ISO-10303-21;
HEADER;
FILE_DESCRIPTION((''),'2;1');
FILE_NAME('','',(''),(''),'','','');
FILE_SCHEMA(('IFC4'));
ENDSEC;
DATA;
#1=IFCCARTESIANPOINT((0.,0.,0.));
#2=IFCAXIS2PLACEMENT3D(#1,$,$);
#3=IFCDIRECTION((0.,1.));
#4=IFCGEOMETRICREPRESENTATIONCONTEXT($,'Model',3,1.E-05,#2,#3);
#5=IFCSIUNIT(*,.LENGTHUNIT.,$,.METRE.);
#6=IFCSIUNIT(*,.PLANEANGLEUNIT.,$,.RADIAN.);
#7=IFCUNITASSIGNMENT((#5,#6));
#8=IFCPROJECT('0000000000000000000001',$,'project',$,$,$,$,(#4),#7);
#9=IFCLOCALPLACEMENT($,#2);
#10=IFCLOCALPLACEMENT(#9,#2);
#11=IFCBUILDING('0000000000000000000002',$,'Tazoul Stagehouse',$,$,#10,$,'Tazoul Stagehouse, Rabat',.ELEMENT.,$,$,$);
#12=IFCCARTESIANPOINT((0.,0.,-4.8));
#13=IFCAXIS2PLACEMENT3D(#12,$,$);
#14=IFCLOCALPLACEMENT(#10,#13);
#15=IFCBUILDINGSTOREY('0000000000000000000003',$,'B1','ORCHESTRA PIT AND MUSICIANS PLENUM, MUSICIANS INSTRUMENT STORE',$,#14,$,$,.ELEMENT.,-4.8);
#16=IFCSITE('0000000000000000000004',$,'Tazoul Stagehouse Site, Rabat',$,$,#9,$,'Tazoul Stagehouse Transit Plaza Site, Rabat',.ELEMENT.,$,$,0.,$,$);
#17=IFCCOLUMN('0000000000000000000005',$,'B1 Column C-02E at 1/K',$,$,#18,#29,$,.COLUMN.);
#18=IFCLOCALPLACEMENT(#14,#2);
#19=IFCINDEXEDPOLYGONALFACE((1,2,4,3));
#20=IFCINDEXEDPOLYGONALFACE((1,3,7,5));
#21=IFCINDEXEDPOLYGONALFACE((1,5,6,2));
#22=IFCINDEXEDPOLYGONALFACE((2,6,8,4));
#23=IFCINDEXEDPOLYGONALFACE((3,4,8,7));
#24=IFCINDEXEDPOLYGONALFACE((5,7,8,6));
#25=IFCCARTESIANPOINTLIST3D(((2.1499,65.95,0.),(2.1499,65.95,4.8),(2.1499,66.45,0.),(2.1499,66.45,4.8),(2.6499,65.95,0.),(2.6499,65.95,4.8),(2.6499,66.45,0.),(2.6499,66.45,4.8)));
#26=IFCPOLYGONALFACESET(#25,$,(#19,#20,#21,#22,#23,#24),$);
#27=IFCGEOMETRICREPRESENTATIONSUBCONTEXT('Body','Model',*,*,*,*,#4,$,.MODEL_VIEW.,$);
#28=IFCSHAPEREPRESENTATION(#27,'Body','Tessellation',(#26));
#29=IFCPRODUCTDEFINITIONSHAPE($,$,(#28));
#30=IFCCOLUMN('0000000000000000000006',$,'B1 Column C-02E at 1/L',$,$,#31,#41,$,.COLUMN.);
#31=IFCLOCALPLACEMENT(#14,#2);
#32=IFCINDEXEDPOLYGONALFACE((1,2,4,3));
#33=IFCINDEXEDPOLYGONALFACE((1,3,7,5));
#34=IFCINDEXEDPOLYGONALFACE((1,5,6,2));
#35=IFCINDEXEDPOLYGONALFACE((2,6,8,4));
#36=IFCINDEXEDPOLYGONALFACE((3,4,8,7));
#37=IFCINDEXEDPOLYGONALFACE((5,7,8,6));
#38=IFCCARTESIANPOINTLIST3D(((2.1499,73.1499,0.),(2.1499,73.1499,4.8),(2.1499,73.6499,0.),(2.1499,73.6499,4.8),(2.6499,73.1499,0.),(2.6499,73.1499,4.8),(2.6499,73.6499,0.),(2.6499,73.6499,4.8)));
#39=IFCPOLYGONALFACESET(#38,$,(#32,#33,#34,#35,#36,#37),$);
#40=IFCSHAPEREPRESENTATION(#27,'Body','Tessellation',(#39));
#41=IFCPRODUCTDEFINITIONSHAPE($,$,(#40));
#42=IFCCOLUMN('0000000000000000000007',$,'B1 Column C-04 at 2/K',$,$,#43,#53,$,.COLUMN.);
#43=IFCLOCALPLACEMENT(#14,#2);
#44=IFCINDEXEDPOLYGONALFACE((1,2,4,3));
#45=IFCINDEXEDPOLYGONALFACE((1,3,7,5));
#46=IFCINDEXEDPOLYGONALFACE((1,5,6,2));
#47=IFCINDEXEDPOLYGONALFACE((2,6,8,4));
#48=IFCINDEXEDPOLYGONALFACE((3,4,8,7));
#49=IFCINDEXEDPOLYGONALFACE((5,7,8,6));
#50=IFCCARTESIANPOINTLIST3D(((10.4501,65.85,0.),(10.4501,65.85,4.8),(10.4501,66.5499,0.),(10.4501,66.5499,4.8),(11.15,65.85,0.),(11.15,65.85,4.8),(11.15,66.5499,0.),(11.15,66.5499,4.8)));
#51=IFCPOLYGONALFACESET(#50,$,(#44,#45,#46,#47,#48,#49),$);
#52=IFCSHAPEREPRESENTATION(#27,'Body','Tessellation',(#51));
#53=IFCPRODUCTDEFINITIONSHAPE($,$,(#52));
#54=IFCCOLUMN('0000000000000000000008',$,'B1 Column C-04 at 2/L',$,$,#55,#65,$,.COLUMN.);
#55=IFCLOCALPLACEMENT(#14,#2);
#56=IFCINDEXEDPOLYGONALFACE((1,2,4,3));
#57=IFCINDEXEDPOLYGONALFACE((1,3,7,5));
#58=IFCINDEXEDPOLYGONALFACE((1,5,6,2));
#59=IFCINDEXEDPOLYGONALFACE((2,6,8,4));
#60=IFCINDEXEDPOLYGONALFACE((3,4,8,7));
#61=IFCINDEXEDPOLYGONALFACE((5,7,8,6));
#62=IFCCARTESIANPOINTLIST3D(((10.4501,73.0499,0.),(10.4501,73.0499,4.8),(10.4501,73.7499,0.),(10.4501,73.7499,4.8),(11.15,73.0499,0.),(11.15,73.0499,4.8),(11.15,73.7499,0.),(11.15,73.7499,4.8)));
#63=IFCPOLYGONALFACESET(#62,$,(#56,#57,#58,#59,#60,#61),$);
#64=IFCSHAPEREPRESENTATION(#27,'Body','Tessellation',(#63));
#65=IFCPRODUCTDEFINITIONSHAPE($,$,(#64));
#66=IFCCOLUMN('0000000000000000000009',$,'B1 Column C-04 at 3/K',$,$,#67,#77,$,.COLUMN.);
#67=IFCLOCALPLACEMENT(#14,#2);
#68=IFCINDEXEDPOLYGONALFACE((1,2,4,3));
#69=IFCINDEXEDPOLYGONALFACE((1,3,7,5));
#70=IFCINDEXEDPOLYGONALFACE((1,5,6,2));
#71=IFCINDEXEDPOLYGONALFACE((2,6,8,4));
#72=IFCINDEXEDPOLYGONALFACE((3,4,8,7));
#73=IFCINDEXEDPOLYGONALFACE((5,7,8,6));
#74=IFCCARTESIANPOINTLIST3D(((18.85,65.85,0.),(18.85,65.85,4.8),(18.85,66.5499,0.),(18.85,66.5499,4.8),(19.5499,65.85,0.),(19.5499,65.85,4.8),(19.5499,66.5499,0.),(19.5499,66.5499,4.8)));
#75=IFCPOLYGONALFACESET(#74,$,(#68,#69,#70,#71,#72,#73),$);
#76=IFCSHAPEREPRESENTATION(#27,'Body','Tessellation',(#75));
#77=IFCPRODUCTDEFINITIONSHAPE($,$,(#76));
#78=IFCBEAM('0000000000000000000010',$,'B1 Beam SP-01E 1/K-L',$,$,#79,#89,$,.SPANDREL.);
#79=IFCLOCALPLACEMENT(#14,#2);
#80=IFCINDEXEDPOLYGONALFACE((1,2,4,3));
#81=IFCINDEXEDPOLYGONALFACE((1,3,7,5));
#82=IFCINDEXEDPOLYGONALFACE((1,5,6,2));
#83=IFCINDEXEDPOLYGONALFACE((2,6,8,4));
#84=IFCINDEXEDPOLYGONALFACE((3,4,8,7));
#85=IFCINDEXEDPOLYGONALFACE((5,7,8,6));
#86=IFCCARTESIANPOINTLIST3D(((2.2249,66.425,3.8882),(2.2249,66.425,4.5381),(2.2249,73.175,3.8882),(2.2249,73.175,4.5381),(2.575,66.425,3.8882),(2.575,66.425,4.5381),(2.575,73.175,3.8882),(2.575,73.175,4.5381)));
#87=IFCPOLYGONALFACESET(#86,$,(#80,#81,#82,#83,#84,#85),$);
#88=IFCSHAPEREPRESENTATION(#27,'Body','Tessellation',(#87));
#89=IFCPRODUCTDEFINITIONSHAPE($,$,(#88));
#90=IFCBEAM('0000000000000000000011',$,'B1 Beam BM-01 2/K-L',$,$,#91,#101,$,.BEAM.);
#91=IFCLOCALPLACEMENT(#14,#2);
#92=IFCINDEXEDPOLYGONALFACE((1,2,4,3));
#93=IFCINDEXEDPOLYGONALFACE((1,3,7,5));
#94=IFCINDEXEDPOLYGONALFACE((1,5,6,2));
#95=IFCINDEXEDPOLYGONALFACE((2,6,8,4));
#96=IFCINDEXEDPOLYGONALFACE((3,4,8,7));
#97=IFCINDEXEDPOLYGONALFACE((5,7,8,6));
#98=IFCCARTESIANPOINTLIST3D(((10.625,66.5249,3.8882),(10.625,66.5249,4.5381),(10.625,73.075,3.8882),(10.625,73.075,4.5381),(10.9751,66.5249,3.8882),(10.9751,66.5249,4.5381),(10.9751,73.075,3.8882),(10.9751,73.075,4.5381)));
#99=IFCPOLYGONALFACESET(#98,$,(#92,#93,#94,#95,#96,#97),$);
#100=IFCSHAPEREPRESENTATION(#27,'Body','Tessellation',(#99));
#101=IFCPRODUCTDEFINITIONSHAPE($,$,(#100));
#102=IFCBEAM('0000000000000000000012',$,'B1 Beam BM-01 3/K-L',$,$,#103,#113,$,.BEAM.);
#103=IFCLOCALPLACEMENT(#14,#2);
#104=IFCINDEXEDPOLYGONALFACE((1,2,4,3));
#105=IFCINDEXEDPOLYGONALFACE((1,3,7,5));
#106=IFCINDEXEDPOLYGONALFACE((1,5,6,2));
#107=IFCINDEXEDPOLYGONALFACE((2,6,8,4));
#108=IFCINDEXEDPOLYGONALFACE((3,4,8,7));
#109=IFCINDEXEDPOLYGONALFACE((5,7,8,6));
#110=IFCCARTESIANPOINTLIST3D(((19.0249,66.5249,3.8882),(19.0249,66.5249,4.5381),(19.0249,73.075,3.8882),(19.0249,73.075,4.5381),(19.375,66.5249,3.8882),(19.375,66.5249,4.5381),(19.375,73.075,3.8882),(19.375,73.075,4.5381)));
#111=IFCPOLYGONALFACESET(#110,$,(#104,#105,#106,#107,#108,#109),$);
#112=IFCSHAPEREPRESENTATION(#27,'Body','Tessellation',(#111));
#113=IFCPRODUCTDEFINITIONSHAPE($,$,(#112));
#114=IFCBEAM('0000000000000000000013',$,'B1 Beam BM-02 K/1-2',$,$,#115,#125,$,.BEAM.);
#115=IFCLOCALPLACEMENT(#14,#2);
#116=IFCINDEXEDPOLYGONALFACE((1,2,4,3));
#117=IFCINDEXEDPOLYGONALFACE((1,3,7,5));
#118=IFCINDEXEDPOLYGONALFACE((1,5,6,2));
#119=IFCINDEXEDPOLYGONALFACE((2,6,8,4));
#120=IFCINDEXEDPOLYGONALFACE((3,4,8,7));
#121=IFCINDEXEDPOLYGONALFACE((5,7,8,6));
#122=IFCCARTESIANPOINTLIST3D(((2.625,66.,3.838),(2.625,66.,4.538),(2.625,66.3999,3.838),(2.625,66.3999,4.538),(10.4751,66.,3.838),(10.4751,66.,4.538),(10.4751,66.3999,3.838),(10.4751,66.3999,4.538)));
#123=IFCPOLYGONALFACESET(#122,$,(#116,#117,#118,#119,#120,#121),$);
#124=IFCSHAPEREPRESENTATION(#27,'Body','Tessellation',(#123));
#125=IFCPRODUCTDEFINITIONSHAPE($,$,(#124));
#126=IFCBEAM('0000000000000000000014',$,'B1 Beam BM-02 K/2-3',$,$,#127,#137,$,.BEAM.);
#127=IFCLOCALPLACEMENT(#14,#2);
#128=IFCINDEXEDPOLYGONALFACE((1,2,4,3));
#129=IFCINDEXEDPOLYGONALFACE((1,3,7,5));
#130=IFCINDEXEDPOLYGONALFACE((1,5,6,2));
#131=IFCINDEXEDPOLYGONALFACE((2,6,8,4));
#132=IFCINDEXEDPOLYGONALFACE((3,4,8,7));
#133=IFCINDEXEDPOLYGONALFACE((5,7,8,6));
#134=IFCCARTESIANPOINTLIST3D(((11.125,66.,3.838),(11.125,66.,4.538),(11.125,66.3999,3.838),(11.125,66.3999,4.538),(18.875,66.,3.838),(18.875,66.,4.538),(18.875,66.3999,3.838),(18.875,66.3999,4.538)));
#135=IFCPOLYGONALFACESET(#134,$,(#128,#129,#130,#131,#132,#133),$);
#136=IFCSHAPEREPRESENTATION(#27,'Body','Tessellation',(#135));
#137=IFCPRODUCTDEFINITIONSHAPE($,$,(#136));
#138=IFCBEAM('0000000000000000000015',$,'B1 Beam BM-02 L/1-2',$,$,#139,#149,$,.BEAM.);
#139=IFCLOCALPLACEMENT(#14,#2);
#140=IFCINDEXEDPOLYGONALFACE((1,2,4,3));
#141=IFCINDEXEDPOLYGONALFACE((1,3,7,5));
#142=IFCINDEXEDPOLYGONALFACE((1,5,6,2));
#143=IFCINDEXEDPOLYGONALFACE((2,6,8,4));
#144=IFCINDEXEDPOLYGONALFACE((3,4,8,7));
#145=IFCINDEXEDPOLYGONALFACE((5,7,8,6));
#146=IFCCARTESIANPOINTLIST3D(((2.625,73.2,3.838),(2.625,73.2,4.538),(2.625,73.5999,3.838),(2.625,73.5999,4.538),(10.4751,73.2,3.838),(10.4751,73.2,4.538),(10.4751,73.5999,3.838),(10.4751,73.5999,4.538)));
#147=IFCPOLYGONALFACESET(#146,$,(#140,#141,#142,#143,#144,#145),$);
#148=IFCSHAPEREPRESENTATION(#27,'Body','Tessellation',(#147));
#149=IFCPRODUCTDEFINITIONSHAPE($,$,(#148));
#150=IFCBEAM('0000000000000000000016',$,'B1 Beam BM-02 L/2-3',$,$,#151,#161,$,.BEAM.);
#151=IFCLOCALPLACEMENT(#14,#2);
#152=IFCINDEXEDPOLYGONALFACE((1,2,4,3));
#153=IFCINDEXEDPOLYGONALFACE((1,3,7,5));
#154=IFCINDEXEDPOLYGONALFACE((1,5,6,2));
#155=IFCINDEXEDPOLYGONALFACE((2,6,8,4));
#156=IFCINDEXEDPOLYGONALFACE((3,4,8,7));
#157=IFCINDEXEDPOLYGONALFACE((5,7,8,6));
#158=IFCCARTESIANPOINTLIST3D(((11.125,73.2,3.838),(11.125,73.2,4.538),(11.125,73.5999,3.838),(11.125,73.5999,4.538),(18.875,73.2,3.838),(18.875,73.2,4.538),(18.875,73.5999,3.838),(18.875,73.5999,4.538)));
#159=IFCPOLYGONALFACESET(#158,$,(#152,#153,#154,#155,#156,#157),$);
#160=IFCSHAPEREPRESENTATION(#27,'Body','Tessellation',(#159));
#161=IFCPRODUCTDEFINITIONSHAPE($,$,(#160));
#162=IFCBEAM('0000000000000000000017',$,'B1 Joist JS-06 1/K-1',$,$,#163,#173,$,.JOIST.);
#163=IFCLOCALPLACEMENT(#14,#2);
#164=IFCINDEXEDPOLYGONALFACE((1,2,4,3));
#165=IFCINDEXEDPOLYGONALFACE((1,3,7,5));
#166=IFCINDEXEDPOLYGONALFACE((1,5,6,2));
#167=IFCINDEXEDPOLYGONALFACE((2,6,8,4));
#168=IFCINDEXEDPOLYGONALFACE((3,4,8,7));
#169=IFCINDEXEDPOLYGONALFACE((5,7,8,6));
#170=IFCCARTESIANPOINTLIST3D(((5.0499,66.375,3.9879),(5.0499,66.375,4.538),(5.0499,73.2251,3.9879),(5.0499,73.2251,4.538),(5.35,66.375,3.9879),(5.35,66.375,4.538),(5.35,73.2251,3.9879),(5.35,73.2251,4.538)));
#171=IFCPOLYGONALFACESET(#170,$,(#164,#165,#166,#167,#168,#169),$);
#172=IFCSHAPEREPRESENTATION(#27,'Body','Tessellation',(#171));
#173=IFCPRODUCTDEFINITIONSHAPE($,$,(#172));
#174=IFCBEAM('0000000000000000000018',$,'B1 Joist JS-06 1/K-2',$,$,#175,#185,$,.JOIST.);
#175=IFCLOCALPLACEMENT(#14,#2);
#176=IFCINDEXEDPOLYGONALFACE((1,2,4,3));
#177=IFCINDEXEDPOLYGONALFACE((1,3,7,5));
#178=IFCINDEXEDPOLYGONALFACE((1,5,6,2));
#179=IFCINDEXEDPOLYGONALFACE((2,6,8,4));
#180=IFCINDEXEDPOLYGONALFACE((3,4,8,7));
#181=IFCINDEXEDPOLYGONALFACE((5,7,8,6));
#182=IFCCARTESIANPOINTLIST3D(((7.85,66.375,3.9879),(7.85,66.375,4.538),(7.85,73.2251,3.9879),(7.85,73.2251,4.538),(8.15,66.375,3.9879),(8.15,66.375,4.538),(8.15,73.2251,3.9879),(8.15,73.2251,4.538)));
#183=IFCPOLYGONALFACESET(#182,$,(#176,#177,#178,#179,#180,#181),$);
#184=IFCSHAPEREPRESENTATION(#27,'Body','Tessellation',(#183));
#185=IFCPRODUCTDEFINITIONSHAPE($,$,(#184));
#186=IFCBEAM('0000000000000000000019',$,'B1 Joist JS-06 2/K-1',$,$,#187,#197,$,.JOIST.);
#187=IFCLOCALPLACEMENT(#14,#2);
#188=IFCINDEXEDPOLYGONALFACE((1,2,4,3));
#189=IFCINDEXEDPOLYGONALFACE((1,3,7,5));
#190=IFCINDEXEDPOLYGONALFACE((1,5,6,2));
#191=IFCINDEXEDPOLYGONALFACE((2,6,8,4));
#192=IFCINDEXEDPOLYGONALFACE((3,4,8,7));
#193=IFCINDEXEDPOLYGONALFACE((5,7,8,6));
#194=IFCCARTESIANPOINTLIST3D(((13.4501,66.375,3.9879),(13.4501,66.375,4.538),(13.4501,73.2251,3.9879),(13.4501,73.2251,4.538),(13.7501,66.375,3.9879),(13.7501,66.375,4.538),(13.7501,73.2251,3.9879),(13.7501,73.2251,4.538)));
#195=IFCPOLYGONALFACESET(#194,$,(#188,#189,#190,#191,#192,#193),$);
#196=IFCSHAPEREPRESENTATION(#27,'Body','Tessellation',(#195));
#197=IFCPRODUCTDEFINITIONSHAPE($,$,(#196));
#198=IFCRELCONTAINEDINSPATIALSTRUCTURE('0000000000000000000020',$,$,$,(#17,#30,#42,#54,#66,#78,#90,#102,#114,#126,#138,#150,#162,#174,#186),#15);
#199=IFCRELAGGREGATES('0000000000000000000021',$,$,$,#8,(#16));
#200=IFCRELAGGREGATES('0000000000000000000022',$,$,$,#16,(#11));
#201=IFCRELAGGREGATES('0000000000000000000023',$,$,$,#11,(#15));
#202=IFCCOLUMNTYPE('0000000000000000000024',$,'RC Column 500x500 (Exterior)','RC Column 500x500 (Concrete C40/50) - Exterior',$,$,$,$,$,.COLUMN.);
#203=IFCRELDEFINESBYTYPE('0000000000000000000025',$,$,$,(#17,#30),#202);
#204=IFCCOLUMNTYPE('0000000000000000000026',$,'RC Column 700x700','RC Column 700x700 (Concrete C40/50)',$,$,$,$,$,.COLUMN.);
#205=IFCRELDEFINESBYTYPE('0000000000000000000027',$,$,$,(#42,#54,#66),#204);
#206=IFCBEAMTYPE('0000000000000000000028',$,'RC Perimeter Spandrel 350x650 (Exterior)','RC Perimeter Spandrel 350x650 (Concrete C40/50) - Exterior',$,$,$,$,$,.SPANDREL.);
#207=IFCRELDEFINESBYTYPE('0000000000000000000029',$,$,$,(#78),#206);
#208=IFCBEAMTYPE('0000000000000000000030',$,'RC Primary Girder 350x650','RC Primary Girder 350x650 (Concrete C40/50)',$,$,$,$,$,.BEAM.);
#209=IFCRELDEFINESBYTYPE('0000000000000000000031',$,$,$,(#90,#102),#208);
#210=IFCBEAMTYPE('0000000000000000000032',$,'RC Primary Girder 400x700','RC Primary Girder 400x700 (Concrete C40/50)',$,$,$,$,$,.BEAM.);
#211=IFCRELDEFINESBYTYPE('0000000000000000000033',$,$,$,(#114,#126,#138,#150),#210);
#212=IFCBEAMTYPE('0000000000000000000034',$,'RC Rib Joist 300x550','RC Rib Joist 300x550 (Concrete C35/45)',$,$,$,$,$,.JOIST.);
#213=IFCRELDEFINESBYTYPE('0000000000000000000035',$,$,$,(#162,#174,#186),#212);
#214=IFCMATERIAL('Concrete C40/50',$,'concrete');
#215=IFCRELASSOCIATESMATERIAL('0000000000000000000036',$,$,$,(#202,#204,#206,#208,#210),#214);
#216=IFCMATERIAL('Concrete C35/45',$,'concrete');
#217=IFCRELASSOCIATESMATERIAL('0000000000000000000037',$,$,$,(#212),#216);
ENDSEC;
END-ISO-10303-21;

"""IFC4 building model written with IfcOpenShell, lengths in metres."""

from ifc_helpers import new_model, si_unit, direction, frame, origin, origin_2d, place, context, subcontext, project, spatial, rectangle, extrude, material, material_profile, profile_set, type_object, element, save


model = new_model("IFC4")

# Units and contexts
model_context = context("Model", 3, precision=1e-05, world=origin(), true_north=direction((0.0, 1.0)))
body_context = subcontext(model_context, "Body", "Model", "MODEL_VIEW")
ifc_project = project(units=[si_unit("LENGTHUNIT", "METRE"), si_unit("PLANEANGLEUNIT", "RADIAN")], contexts=[model_context])

# Site, building, storey
site_placement = place(None, origin())
site = spatial("IfcSite", under=ifc_project, at=site_placement, Name="Tazoul Stagehouse Site, Rabat", LongName="Tazoul Stagehouse Transit Plaza Site, Rabat", CompositionType="ELEMENT", RefElevation=0.0)
building_placement = place(site_placement, origin())
building = spatial("IfcBuilding", under=site, at=building_placement, Name="Tazoul Stagehouse", LongName="Tazoul Stagehouse, Rabat", CompositionType="ELEMENT")
storey_placement = place(building_placement, frame((0.0, 0.0, -4.8)))
storey = spatial("IfcBuildingStorey", under=building, at=storey_placement, Name="B1", Description="ORCHESTRA PIT AND MUSICIANS PLENUM, MUSICIANS INSTRUMENT STORE", CompositionType="ELEMENT", Elevation=-4.8)

# Shared definitions
ifc_material_1 = material(Name="Concrete C35/45", Category="concrete")

# Columns
ifc_material_2 = material(Name="Concrete C40/50", Category="concrete")
ifc_material_profile_1 = material_profile(ifc_material_2, rectangle(XDim=0.5, YDim=0.5, at=origin_2d()), Name="RC 500x500")
ifc_profile_set_1 = profile_set([ifc_material_profile_1], Name="Concrete C40/50")
column_type_1 = type_object("IfcColumnType", Name="RC Column 500x500 (Exterior)", Description="RC Column 500x500 (Concrete C40/50) - Exterior", PredefinedType="COLUMN", material=ifc_profile_set_1)
for number, where, z_axis, x_axis, name in (
    (1, (2.3999, 66.2, 0.0), (0.0, 0.0, 1.0), (1.0, 0.0, 0.0), "B1 Column C-02E at 1/K"),
    (2, (2.3999, 73.3999, 0.0), (0.0, 0.0, 1.0), (1.0, 0.0, 0.0), "B1 Column C-02E at 1/L"),
):
    element("IfcColumn", number, at=place(storey_placement, frame(where, z_axis=z_axis, x_axis=x_axis)), inside=storey, type_object=column_type_1, Name=name, PredefinedType="COLUMN", context=body_context, shape_type="SweptSolid", body=[
        extrude(rectangle(XDim=0.5, YDim=0.5, at=origin_2d()), origin(), (0.0, 0.0, 1.0), 4.8),
    ])
ifc_material_profile_2 = material_profile(ifc_material_2, rectangle(XDim=0.7, YDim=0.7, at=origin_2d()), Name="RC 700x700")
ifc_profile_set_2 = profile_set([ifc_material_profile_2], Name="Concrete C40/50")
column_type_2 = type_object("IfcColumnType", Name="RC Column 700x700", Description="RC Column 700x700 (Concrete C40/50)", PredefinedType="COLUMN", material=ifc_profile_set_2)
for number, where, z_axis, x_axis, name in (
    (3, (10.8, 66.2, 0.0), (0.0, 0.0, 1.0), (1.0, 0.0, 0.0), "B1 Column C-04 at 2/K"),
    (4, (10.8, 73.3999, 0.0), (0.0, 0.0, 1.0), (1.0, 0.0, 0.0), "B1 Column C-04 at 2/L"),
    (5, (19.2, 66.2, 0.0), (0.0, 0.0, 1.0), (1.0, 0.0, 0.0), "B1 Column C-04 at 3/K"),
):
    element("IfcColumn", number, at=place(storey_placement, frame(where, z_axis=z_axis, x_axis=x_axis)), inside=storey, type_object=column_type_2, Name=name, PredefinedType="COLUMN", context=body_context, shape_type="SweptSolid", body=[
        extrude(rectangle(XDim=0.7, YDim=0.7, at=origin_2d()), origin(), (0.0, 0.0, 1.0), 4.8),
    ])

# Beams
ifc_material_profile_3 = material_profile(ifc_material_2, rectangle(XDim=0.3501, YDim=0.6499, at=origin_2d()), Name="RC 350x650")
ifc_profile_set_3 = profile_set([ifc_material_profile_3], Name="Concrete C40/50")
beam_type_1 = type_object("IfcBeamType", Name="RC Perimeter Spandrel 350x650 (Exterior)", Description="RC Perimeter Spandrel 350x650 (Concrete C40/50) - Exterior", PredefinedType="SPANDREL", material=ifc_profile_set_3)
beam_1_placement = place(storey_placement, frame((2.3999, 66.425, 4.2131), z_axis=(0.0, 1.0, 0.0), x_axis=(-1.0, 0.0, 0.0)))
element("IfcBeam", 6, at=beam_1_placement, inside=storey, type_object=beam_type_1, Name="B1 Beam SP-01E 1/K-L", PredefinedType="SPANDREL", context=body_context, shape_type="SweptSolid", body=[
    extrude(rectangle(XDim=0.3501, YDim=0.6499, at=origin_2d()), origin(), (0.0, 0.0, 1.0), 6.75),
])
ifc_material_profile_4 = material_profile(ifc_material_2, rectangle(XDim=0.3501, YDim=0.6499, at=origin_2d()), Name="RC 350x650")
ifc_profile_set_4 = profile_set([ifc_material_profile_4], Name="Concrete C40/50")
beam_type_2 = type_object("IfcBeamType", Name="RC Primary Girder 350x650", Description="RC Primary Girder 350x650 (Concrete C40/50)", PredefinedType="BEAM", material=ifc_profile_set_4)
for number, where, z_axis, x_axis, name in (
    (7, (10.8, 66.5249, 4.2131), (0.0, 1.0, 0.0), (-1.0, 0.0, 0.0), "B1 Beam BM-01 2/K-L"),
    (8, (19.2, 66.5249, 4.2131), (0.0, 1.0, 0.0), (-1.0, 0.0, 0.0), "B1 Beam BM-01 3/K-L"),
):
    element("IfcBeam", number, at=place(storey_placement, frame(where, z_axis=z_axis, x_axis=x_axis)), inside=storey, type_object=beam_type_2, Name=name, PredefinedType="BEAM", context=body_context, shape_type="SweptSolid", body=[
        extrude(rectangle(XDim=0.3501, YDim=0.6499, at=origin_2d()), origin(), (0.0, 0.0, 1.0), 6.55),
    ])
ifc_material_profile_5 = material_profile(ifc_material_2, rectangle(XDim=0.3999, YDim=0.7, at=origin_2d()), Name="RC 400x700")
ifc_profile_set_5 = profile_set([ifc_material_profile_5], Name="Concrete C40/50")
beam_type_3 = type_object("IfcBeamType", Name="RC Primary Girder 400x700", Description="RC Primary Girder 400x700 (Concrete C40/50)", PredefinedType="BEAM", material=ifc_profile_set_5)
beam_2_placement = place(storey_placement, frame((2.625, 66.2, 4.188), z_axis=(1.0, 0.0, 0.0), x_axis=(0.0, 1.0, 0.0)))
element("IfcBeam", 9, at=beam_2_placement, inside=storey, type_object=beam_type_3, Name="B1 Beam BM-02 K/1-2", PredefinedType="BEAM", context=body_context, shape_type="SweptSolid", body=[
    extrude(rectangle(XDim=0.3999, YDim=0.7, at=origin_2d()), origin(), (0.0, 0.0, 1.0), 7.8501),
])
beam_3_placement = place(storey_placement, frame((11.125, 66.2, 4.188), z_axis=(1.0, 0.0, 0.0), x_axis=(0.0, 1.0, 0.0)))
element("IfcBeam", 10, at=beam_3_placement, inside=storey, type_object=beam_type_3, Name="B1 Beam BM-02 K/2-3", PredefinedType="BEAM", context=body_context, shape_type="SweptSolid", body=[
    extrude(rectangle(XDim=0.3999, YDim=0.7, at=origin_2d()), origin(), (0.0, 0.0, 1.0), 7.75),
])
beam_4_placement = place(storey_placement, frame((2.625, 73.3999, 4.188), z_axis=(1.0, 0.0, 0.0), x_axis=(0.0, 1.0, 0.0)))
element("IfcBeam", 11, at=beam_4_placement, inside=storey, type_object=beam_type_3, Name="B1 Beam BM-02 L/1-2", PredefinedType="BEAM", context=body_context, shape_type="SweptSolid", body=[
    extrude(rectangle(XDim=0.3999, YDim=0.7, at=origin_2d()), origin(), (0.0, 0.0, 1.0), 7.8501),
])
beam_5_placement = place(storey_placement, frame((11.125, 73.3999, 4.188), z_axis=(1.0, 0.0, 0.0), x_axis=(0.0, 1.0, 0.0)))
element("IfcBeam", 12, at=beam_5_placement, inside=storey, type_object=beam_type_3, Name="B1 Beam BM-02 L/2-3", PredefinedType="BEAM", context=body_context, shape_type="SweptSolid", body=[
    extrude(rectangle(XDim=0.3999, YDim=0.7, at=origin_2d()), origin(), (0.0, 0.0, 1.0), 7.75),
])
ifc_material_profile_6 = material_profile(ifc_material_1, rectangle(XDim=0.3, YDim=0.55, at=origin_2d()), Name="RC 300x550")
ifc_profile_set_6 = profile_set([ifc_material_profile_6], Name="Concrete C35/45")
beam_type_4 = type_object("IfcBeamType", Name="RC Rib Joist 300x550", Description="RC Rib Joist 300x550 (Concrete C35/45)", PredefinedType="JOIST", material=ifc_profile_set_6)
for number, where, z_axis, x_axis, name in (
    (13, (5.2, 66.375, 4.2629), (0.0, 1.0, 0.0), (-1.0, 0.0, 0.0), "B1 Joist JS-06 1/K-1"),
    (14, (8.0, 66.375, 4.2629), (0.0, 1.0, 0.0), (-1.0, 0.0, 0.0), "B1 Joist JS-06 1/K-2"),
    (15, (13.6001, 66.375, 4.2629), (0.0, 1.0, 0.0), (-1.0, 0.0, 0.0), "B1 Joist JS-06 2/K-1"),
):
    element("IfcBeam", number, at=place(storey_placement, frame(where, z_axis=z_axis, x_axis=x_axis)), inside=storey, type_object=beam_type_4, Name=name, PredefinedType="JOIST", context=body_context, shape_type="SweptSolid", body=[
        extrude(rectangle(XDim=0.3, YDim=0.55, at=origin_2d()), origin(), (0.0, 0.0, 1.0), 6.8501),
    ])

save(model, "model.ifc")
